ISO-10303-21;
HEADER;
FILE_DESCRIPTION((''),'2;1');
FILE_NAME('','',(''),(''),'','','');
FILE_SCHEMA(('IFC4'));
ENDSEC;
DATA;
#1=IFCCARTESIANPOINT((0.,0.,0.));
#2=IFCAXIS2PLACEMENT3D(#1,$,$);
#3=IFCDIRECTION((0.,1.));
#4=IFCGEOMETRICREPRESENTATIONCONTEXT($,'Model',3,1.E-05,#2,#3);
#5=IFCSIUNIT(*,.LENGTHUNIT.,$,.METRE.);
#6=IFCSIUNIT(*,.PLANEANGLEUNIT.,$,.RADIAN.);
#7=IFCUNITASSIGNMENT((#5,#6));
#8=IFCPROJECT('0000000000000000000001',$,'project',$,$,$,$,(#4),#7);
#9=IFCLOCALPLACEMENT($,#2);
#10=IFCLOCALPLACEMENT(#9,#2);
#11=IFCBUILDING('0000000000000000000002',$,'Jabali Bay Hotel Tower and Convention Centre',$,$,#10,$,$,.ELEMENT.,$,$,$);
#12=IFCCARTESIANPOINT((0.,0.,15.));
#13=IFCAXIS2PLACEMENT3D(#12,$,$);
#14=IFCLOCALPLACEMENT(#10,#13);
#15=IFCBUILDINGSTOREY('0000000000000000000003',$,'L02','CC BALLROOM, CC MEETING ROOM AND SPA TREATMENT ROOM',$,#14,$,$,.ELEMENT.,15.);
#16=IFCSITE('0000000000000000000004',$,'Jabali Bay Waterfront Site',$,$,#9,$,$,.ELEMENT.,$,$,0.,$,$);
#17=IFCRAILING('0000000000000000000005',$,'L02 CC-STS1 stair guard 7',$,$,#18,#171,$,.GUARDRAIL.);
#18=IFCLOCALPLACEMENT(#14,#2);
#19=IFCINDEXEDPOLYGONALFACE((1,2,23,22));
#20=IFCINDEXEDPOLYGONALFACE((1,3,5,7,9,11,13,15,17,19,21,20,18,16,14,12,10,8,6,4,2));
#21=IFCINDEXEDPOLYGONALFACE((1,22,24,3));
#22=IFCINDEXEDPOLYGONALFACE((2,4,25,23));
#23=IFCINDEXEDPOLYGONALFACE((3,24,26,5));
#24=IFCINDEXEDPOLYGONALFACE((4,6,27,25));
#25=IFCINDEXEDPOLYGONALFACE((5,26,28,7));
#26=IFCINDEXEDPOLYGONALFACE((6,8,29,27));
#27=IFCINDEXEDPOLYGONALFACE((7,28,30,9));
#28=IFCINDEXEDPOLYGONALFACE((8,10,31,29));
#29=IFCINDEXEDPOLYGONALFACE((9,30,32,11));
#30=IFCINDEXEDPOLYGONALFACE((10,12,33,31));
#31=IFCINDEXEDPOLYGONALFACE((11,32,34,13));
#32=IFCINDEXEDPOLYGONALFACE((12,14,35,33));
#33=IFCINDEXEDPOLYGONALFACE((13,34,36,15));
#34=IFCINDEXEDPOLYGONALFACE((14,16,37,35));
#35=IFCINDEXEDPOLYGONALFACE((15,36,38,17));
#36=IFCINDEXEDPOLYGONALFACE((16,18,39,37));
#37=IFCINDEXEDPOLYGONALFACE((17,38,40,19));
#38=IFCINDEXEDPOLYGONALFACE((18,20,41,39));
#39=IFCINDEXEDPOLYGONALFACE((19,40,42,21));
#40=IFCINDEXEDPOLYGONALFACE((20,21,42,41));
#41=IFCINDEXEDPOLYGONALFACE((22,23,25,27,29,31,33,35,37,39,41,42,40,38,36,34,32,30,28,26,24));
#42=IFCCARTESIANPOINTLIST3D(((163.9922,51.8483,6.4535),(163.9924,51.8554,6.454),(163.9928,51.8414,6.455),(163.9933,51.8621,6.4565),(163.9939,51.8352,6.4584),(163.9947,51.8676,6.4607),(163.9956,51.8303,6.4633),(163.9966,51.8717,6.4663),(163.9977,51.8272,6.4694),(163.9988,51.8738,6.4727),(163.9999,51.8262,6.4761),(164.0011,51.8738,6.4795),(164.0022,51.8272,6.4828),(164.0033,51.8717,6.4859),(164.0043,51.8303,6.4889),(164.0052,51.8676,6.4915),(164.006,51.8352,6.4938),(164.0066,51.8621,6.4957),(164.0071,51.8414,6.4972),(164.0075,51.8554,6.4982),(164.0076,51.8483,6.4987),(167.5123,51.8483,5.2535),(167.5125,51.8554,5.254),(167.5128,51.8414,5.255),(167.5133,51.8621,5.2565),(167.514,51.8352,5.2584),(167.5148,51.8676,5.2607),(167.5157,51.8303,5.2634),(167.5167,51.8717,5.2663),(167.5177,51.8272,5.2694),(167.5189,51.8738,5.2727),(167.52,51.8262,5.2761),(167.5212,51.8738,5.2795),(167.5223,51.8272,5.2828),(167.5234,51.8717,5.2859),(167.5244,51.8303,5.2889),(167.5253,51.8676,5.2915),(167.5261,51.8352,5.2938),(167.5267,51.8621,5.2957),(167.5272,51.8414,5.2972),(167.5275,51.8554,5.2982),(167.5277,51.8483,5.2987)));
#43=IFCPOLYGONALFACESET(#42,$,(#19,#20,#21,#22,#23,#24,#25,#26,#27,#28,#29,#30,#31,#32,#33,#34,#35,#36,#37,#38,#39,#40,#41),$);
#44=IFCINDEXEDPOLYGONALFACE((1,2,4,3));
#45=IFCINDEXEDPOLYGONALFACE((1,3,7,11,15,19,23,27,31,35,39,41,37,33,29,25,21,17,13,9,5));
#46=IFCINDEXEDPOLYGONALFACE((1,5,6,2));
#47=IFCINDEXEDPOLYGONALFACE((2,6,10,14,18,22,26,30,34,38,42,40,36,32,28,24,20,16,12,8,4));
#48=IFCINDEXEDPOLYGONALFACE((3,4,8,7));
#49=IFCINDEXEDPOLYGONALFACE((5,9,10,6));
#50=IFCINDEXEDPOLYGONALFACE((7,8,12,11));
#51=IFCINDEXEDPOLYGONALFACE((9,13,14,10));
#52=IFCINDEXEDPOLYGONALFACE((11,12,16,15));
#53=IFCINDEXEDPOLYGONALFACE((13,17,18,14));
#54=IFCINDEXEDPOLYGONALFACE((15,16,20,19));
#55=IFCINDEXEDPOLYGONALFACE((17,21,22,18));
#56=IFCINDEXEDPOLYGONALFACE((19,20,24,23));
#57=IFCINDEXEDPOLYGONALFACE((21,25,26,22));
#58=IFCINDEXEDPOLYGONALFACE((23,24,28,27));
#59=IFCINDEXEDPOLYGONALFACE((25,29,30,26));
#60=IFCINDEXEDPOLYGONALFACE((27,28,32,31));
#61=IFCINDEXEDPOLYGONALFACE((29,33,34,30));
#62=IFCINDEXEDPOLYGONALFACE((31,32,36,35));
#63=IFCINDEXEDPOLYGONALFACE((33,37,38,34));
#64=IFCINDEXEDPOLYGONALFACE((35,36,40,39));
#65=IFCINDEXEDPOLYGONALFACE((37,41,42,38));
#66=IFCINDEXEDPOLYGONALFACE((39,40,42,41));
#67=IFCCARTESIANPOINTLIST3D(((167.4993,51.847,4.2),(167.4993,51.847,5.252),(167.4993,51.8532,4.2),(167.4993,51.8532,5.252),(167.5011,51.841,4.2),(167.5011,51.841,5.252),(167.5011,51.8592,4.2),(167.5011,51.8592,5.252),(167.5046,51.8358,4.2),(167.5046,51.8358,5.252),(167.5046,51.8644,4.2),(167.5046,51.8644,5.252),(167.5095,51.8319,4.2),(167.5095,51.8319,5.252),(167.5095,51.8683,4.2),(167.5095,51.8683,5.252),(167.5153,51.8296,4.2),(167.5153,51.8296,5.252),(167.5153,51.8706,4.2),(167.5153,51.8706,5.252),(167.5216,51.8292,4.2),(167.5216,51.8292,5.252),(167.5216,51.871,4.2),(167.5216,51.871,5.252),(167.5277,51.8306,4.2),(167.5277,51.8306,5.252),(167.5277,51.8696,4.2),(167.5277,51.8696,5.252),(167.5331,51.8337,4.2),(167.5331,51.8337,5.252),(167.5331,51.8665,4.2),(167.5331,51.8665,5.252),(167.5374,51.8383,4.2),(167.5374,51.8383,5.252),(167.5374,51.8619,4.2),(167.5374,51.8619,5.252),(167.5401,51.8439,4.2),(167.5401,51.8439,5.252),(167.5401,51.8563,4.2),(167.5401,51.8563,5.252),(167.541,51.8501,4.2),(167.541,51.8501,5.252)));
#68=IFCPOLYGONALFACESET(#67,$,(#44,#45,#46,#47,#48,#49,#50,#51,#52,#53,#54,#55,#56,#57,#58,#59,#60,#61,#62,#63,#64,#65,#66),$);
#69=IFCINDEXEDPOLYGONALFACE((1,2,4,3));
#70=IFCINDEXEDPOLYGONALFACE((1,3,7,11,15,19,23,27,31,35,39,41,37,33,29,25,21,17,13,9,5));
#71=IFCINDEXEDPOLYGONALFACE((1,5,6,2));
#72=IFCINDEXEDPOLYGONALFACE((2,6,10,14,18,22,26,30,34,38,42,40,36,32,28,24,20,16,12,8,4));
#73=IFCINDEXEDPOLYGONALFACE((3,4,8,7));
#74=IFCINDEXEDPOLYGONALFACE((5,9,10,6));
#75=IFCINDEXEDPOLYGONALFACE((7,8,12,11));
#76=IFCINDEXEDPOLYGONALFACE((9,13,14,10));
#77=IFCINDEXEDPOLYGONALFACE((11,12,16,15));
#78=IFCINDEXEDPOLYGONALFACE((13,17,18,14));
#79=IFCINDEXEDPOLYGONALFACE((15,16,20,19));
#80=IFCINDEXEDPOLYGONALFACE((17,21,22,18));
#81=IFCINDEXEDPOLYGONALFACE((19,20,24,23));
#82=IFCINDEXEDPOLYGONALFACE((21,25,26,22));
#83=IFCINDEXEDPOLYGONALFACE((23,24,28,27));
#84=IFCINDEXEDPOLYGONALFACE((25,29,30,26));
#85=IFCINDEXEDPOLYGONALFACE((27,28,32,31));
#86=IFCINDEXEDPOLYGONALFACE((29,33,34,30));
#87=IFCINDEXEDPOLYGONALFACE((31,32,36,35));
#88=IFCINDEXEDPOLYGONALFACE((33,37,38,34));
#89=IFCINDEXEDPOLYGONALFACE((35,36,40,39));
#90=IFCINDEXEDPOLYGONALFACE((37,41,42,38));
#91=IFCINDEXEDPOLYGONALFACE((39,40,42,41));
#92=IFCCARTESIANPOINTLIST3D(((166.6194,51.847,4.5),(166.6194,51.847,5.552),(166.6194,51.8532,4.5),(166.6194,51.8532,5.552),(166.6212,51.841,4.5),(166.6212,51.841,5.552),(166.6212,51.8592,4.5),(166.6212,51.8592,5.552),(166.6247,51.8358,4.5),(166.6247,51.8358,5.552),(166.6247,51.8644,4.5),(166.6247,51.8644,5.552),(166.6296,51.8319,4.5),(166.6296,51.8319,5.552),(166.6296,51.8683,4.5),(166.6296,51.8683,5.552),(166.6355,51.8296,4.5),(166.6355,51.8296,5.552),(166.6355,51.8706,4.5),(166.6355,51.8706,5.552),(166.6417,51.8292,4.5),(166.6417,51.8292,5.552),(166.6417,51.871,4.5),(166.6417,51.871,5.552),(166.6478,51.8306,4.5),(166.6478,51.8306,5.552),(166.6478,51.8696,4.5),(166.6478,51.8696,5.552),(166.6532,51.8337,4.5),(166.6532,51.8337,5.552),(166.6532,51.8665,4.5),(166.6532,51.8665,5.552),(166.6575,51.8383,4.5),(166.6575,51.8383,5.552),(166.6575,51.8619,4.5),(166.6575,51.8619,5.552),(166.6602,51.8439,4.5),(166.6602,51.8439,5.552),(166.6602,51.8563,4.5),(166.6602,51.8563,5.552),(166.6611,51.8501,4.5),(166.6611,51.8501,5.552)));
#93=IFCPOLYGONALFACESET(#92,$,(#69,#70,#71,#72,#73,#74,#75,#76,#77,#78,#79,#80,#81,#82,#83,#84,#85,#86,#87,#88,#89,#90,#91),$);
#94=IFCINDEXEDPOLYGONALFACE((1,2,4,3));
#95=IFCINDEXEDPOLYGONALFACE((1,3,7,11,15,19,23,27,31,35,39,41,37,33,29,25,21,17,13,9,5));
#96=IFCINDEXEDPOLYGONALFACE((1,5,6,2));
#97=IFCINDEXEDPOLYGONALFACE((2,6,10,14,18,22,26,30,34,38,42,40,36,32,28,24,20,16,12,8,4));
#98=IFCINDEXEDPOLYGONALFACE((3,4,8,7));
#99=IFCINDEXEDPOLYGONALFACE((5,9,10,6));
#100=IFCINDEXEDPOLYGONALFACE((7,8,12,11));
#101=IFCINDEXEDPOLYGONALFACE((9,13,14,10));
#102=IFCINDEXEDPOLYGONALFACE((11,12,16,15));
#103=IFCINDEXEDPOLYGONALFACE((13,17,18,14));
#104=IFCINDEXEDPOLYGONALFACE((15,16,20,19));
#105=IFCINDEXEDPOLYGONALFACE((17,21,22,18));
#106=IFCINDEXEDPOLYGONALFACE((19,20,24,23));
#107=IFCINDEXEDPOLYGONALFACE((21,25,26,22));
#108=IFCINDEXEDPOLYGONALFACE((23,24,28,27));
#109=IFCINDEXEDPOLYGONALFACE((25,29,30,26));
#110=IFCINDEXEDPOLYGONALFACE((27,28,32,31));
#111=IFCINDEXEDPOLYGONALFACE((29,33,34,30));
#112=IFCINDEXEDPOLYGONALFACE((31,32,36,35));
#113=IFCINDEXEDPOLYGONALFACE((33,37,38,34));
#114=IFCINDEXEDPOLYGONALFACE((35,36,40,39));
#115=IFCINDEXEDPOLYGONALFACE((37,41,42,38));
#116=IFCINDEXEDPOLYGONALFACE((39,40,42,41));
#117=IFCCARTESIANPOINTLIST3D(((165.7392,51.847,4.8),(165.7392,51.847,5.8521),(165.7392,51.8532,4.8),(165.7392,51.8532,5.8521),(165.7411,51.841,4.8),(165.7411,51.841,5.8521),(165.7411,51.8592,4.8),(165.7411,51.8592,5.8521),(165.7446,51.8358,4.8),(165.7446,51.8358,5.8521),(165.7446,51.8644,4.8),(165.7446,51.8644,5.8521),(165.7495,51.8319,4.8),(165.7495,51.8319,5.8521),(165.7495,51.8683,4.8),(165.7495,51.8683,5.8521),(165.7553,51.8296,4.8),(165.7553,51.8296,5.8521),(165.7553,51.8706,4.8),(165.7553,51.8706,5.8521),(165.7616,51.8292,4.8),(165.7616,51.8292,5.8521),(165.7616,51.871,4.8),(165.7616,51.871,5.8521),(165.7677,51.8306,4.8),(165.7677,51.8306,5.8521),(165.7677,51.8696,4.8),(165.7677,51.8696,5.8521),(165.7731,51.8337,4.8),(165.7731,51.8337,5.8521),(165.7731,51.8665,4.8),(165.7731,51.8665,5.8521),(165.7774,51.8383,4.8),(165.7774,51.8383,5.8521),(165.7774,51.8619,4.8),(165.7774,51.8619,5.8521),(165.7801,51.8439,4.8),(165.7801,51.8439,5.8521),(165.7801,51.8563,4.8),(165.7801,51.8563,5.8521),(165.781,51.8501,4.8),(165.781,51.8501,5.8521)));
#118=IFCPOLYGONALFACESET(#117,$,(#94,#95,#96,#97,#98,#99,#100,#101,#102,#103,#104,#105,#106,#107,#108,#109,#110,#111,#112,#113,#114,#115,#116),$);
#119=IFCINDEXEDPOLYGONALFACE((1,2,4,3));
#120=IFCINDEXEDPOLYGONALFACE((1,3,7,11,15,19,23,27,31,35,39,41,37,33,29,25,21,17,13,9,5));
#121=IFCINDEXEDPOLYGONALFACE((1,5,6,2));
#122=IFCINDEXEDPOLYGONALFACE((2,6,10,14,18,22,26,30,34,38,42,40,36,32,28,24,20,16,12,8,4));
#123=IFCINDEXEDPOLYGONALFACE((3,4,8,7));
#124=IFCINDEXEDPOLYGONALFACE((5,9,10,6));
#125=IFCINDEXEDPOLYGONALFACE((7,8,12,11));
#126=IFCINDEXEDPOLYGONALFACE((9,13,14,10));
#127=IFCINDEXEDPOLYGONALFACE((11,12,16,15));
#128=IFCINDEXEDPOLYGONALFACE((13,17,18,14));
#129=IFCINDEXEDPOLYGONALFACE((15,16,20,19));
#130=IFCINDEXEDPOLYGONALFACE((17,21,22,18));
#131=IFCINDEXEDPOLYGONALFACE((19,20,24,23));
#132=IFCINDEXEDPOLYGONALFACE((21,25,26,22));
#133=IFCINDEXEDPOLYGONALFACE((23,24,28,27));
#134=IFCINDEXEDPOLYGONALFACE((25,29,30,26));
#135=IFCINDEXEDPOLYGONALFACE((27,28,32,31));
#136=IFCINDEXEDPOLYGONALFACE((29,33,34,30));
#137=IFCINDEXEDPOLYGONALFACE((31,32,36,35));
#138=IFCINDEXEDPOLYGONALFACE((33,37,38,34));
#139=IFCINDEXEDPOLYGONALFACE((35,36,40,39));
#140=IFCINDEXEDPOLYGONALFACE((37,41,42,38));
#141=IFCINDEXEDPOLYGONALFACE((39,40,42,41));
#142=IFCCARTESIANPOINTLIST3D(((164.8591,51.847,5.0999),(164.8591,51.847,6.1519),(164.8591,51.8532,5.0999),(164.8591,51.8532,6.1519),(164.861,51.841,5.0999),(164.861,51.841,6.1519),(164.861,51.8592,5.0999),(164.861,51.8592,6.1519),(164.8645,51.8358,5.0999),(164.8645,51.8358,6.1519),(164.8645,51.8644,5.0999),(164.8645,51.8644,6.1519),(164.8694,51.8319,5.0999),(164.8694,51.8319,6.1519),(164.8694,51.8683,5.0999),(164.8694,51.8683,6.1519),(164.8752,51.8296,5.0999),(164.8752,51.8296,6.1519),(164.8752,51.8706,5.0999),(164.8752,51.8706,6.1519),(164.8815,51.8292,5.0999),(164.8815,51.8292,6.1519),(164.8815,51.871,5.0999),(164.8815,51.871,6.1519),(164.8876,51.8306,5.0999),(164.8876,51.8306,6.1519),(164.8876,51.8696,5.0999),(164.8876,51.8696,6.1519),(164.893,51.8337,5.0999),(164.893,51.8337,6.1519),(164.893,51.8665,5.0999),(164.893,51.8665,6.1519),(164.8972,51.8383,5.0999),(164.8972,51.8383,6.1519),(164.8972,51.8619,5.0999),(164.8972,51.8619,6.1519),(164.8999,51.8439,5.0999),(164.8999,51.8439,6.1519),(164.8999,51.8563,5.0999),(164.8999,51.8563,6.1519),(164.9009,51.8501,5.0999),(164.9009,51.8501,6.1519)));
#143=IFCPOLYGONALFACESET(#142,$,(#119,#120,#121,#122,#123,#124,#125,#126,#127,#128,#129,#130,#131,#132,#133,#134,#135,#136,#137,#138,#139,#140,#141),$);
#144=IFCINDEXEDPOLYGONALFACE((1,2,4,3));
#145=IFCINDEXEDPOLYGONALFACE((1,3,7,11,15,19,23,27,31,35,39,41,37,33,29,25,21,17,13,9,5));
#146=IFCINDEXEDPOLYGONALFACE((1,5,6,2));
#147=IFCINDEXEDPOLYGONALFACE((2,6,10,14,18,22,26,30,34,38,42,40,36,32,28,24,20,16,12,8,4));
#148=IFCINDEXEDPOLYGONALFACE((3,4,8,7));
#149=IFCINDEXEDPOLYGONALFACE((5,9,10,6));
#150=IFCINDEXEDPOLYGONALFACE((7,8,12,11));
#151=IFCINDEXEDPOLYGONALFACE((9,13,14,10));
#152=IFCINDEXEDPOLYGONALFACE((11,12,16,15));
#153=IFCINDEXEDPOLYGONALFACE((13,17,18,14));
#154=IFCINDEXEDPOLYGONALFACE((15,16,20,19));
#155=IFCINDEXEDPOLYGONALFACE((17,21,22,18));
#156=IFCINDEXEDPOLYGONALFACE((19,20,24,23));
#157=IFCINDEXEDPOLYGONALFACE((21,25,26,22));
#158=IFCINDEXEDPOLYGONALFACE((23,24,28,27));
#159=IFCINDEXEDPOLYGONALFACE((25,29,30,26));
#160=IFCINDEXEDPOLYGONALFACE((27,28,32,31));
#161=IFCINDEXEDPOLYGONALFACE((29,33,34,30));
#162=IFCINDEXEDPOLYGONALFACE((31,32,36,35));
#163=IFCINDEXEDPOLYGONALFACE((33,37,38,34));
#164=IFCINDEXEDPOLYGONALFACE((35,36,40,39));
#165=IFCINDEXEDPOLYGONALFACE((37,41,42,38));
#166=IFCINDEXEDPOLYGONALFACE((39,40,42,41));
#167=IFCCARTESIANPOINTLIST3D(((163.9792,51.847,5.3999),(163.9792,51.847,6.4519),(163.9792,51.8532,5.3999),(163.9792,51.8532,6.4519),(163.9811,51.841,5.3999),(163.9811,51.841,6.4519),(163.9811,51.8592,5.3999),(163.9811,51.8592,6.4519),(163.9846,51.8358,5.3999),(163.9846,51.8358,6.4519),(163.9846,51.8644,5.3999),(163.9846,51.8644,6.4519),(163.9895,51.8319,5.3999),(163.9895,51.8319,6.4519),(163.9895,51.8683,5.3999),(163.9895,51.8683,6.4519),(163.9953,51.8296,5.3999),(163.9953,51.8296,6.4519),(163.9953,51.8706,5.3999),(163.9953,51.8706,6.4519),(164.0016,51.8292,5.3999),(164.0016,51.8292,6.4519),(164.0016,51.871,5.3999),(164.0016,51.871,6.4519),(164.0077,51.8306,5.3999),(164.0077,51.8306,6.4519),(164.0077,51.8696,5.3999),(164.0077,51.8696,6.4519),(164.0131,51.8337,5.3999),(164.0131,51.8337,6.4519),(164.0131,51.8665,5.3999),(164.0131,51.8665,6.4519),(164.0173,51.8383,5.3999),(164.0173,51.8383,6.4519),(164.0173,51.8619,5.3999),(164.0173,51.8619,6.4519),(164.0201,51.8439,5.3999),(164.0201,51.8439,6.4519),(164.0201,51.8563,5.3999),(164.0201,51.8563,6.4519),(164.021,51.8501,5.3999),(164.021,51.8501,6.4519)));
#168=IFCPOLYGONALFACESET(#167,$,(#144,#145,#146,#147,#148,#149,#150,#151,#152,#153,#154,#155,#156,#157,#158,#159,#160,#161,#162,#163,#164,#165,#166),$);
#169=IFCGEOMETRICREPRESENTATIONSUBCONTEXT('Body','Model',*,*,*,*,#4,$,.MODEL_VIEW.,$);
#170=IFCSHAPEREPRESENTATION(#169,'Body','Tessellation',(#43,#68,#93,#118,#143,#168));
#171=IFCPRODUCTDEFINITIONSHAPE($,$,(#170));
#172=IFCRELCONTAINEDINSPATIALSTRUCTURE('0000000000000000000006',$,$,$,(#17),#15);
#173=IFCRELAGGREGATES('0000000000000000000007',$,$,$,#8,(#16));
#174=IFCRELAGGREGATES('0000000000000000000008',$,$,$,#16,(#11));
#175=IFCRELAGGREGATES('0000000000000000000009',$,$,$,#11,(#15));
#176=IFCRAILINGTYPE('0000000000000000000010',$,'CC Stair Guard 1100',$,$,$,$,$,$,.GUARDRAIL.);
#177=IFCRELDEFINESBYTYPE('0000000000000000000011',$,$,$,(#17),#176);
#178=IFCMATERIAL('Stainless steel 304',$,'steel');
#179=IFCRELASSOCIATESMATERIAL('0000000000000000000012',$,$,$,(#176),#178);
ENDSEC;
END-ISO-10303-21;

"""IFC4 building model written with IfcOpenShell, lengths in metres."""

from ifc_helpers import new_model, si_unit, direction, frame, origin, origin_2d, place, context, subcontext, project, spatial, circle, extrude, material, type_object, element, save


model = new_model("IFC4")

# Units and contexts
model_context = context("Model", 3, precision=1e-05, world=origin(), true_north=direction((0.0, 1.0)))
body_context = subcontext(model_context, "Body", "Model", "MODEL_VIEW")
ifc_project = project(units=[si_unit("LENGTHUNIT", "METRE"), si_unit("PLANEANGLEUNIT", "RADIAN")], contexts=[model_context])

# Site, building, storey
site_placement = place(None, origin())
site = spatial("IfcSite", under=ifc_project, at=site_placement, Name="Jabali Bay Waterfront Site", CompositionType="ELEMENT", RefElevation=0.0)
building_placement = place(site_placement, origin())
building = spatial("IfcBuilding", under=site, at=building_placement, Name="Jabali Bay Hotel Tower and Convention Centre", CompositionType="ELEMENT")
storey_placement = place(building_placement, frame((0.0, 0.0, 15.0)))
storey = spatial("IfcBuildingStorey", under=building, at=storey_placement, Name="L02", Description="CC BALLROOM, CC MEETING ROOM AND SPA TREATMENT ROOM", CompositionType="ELEMENT", Elevation=15.0)

# Railing
ifc_material_1 = material(Name="Stainless steel 304", Category="steel")
railing_type_1 = type_object("IfcRailingType", Name="CC Stair Guard 1100", PredefinedType="GUARDRAIL", material=ifc_material_1)
railing_1_placement = place(storey_placement, frame((167.52, 51.8501, 4.2)))
element("IfcRailing", 1, at=railing_1_placement, inside=storey, type_object=railing_type_1, Name="L02 CC-STS1 stair guard 7", PredefinedType="GUARDRAIL", context=body_context, shape_type="SweptSolid", body=[
    extrude(circle(Radius=0.0239, at=origin_2d()), frame((0.0, 0.0, 1.0762), z_axis=(-0.946515, 0.0, 0.322661), x_axis=(0.0, -1.0, 0.0)), (0.0, 0.0, 1.0), 3.719),
    extrude(circle(Radius=0.021, at=origin_2d()), origin(), (0.0, 0.0, 1.0), 1.052),
    extrude(circle(Radius=0.021, at=origin_2d()), frame((-0.8799, 0.0, 0.3)), (0.0, 0.0, 1.0), 1.052),
    extrude(circle(Radius=0.021, at=origin_2d()), frame((-1.76, 0.0, 0.6001)), (0.0, 0.0, 1.0), 1.052),
    extrude(circle(Radius=0.021, at=origin_2d()), frame((-2.6401, 0.0, 0.8999)), (0.0, 0.0, 1.0), 1.052),
    extrude(circle(Radius=0.021, at=origin_2d()), frame((-3.52, 0.0, 1.2)), (0.0, 0.0, 1.0), 1.052),
])

save(model, "model.ifc")
